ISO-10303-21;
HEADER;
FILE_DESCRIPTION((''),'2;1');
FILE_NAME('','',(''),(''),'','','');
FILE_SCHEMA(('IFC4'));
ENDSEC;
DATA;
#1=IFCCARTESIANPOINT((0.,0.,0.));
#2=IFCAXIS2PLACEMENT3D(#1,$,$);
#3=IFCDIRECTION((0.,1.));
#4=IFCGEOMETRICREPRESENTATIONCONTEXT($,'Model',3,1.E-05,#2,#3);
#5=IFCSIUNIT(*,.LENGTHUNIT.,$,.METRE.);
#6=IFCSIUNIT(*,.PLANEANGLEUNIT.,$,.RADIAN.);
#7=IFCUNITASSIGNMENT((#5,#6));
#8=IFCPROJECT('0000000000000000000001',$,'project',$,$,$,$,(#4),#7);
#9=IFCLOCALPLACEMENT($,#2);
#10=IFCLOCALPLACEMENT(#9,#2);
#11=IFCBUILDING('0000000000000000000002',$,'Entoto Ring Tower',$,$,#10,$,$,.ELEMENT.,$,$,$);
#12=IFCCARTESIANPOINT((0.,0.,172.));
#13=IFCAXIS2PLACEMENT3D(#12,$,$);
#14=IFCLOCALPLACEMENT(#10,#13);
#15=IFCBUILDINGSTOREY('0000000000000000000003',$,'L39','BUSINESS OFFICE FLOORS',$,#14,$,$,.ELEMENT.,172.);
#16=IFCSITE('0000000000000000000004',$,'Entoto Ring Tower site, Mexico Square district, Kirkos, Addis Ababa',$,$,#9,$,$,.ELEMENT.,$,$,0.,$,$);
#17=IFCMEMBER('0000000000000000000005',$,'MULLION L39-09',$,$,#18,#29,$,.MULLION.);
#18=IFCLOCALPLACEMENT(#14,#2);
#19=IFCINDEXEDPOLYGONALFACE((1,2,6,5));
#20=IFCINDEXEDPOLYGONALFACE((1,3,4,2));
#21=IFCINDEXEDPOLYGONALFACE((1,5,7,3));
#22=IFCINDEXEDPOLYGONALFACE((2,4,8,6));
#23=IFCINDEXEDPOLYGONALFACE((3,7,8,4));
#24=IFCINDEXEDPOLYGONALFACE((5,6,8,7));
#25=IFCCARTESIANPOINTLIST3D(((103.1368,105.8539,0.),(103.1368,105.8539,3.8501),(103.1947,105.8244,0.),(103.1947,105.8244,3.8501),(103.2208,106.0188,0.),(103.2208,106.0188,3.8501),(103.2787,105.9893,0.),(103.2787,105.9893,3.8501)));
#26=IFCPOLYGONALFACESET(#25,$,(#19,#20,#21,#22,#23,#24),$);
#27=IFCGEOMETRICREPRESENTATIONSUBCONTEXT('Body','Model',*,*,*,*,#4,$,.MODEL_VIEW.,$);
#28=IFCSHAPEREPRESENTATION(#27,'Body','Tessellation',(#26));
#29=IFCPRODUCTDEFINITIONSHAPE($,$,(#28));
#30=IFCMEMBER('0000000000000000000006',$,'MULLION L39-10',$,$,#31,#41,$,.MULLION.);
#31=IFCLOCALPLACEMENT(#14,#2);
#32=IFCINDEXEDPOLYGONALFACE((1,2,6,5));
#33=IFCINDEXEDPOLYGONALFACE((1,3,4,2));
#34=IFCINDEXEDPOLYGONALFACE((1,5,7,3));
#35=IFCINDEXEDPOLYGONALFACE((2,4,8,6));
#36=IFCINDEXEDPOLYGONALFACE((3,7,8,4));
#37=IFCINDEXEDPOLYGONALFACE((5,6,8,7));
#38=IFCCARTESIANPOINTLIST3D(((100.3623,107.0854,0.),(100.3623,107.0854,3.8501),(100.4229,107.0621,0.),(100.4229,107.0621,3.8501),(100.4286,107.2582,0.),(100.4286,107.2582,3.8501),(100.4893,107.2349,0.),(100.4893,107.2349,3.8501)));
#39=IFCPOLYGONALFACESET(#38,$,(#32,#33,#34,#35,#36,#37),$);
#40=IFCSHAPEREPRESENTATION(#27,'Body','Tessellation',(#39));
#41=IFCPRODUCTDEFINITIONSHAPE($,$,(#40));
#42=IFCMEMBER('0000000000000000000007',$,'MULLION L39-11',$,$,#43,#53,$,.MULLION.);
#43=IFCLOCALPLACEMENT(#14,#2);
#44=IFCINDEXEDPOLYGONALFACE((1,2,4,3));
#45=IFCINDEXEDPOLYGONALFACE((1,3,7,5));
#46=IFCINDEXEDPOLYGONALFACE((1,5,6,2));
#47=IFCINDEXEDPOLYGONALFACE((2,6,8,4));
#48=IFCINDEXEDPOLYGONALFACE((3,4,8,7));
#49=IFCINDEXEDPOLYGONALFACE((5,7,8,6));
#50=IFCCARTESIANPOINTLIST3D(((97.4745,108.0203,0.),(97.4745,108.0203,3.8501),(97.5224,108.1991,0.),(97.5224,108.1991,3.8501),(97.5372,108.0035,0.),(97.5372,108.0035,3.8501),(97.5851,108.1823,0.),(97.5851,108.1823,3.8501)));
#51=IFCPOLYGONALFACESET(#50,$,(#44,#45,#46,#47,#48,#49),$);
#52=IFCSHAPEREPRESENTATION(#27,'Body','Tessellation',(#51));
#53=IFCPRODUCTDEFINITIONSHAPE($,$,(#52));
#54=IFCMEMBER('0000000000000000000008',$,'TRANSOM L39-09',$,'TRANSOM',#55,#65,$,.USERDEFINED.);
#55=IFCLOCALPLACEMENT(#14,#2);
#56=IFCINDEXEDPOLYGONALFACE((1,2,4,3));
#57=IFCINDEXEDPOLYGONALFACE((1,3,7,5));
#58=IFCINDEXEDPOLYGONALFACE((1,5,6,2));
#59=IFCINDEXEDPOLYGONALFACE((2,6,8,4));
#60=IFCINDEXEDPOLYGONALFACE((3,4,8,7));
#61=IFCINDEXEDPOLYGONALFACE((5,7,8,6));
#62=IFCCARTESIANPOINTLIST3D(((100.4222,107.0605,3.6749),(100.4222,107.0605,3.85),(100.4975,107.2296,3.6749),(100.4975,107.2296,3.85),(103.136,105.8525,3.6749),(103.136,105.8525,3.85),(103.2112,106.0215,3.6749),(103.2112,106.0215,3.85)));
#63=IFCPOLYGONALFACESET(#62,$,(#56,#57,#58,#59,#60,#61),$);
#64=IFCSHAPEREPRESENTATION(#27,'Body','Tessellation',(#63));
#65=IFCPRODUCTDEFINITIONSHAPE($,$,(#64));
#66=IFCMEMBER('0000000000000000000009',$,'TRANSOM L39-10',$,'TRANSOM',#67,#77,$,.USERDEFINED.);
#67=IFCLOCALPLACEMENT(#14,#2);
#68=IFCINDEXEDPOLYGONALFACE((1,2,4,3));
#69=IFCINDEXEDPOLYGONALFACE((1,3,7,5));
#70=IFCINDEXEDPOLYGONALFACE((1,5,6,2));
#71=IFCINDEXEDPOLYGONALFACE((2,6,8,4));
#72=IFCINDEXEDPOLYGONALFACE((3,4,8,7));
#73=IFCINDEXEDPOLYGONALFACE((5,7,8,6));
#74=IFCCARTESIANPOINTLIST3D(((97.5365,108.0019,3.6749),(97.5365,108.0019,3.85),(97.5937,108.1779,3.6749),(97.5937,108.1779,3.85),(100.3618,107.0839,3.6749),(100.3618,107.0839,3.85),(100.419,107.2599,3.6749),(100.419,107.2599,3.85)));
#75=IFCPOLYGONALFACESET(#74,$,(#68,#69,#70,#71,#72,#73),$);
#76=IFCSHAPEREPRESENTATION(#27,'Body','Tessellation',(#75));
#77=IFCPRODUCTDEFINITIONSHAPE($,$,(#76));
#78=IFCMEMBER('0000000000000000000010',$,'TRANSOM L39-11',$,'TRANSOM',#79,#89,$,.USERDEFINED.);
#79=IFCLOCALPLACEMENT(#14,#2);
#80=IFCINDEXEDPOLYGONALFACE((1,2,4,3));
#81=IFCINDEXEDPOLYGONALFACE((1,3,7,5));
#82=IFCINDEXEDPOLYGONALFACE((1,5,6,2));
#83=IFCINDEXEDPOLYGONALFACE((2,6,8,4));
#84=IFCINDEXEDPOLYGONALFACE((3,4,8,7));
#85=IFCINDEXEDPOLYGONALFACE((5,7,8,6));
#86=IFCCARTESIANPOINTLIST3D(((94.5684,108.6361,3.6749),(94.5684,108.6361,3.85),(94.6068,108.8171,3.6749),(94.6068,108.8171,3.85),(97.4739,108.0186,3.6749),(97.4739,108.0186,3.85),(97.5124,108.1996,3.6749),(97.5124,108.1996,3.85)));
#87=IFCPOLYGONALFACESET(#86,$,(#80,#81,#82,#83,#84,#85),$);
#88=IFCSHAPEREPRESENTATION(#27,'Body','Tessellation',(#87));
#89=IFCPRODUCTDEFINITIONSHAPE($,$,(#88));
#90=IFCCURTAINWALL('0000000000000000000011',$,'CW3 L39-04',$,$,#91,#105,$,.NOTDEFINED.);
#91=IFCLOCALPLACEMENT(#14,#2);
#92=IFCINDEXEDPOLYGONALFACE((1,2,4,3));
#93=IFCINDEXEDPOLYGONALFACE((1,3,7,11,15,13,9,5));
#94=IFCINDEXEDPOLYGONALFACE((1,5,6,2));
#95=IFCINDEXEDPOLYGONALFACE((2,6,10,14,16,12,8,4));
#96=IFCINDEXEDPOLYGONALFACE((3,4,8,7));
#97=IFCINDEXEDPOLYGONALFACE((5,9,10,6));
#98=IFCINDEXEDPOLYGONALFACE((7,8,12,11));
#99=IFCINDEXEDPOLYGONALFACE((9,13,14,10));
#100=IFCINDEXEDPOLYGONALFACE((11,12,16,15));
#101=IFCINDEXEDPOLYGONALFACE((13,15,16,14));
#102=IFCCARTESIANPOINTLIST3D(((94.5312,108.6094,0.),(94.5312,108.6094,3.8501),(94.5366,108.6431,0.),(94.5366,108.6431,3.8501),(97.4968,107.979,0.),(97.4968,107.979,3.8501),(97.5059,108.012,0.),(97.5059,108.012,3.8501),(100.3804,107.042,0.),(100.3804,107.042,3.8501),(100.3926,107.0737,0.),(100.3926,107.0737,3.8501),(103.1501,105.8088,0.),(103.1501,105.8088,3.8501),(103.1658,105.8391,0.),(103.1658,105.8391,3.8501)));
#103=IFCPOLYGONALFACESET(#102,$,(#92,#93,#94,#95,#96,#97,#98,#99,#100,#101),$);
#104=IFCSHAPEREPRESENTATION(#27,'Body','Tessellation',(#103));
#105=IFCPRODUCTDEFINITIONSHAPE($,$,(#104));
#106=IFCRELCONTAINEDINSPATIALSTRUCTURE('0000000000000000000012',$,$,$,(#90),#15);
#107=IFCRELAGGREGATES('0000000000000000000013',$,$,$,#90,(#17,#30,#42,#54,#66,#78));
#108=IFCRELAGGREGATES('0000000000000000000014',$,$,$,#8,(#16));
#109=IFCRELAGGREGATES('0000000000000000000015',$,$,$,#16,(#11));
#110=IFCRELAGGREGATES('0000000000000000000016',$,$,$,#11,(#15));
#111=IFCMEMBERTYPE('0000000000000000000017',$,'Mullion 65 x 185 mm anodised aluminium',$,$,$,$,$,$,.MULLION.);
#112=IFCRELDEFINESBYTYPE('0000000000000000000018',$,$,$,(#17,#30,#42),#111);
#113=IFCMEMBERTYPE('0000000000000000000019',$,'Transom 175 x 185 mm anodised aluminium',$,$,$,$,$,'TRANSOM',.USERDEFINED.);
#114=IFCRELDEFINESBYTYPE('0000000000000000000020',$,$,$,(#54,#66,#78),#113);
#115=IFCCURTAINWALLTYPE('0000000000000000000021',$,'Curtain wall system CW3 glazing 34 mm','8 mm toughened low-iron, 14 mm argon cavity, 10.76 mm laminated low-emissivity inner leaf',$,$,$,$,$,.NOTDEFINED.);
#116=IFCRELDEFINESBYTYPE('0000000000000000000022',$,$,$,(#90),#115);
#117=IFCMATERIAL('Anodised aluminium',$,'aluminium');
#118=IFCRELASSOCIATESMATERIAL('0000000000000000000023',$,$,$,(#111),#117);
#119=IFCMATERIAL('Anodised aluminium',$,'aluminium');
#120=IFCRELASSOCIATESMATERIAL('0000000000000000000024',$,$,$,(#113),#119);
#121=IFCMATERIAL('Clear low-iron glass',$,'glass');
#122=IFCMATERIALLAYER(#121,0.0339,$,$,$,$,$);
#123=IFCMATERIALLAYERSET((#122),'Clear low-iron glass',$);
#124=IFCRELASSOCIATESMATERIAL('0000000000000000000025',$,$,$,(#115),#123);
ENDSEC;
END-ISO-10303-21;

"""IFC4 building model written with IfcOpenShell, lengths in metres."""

from ifc_helpers import new_model, si_unit, direction, frame, origin, origin_2d, place, context, subcontext, project, spatial, polyline, rectangle, outline, extrude, material, layer, layer_set, material_profile, profile_set, type_object, element, aggregate, save


model = new_model("IFC4")

# Units and contexts
model_context = context("Model", 3, precision=1e-05, world=origin(), true_north=direction((0.0, 1.0)))
body_context = subcontext(model_context, "Body", "Model", "MODEL_VIEW")
ifc_project = project(units=[si_unit("LENGTHUNIT", "METRE"), si_unit("PLANEANGLEUNIT", "RADIAN")], contexts=[model_context])

# Members
ifc_material_1 = material(Name="Anodised aluminium", Category="aluminium")
ifc_material_profile_1 = material_profile(ifc_material_1, rectangle(XDim=0.0649, YDim=0.1851, at=origin_2d()), Name="Mullion 65 x 185 mm anodised aluminium")
ifc_profile_set_1 = profile_set([ifc_material_profile_1], Name="Anodised aluminium")
member_type_1 = type_object("IfcMemberType", Name="Mullion 65 x 185 mm anodised aluminium", PredefinedType="MULLION", material=ifc_profile_set_1)
site_placement = place(None, origin())
building_placement = place(site_placement, origin())
storey_placement = place(building_placement, frame((0.0, 0.0, 172.0)))
member_1_placement = place(storey_placement, frame((103.2078, 105.9216, 0.0), z_axis=(0.0, 0.0, 1.0), x_axis=(-0.891007, 0.45399, 0.0)))
member_1 = element("IfcMember", 1, at=member_1_placement, type_object=member_type_1, Name="MULLION L39-09", PredefinedType="MULLION", context=body_context, shape_type="SweptSolid", body=[
    extrude(rectangle(XDim=0.0649, YDim=0.1851, at=origin_2d()), origin(), (0.0, 0.0, 1.0), 3.8501),
])
member_2_placement = place(storey_placement, frame((100.4258, 107.1602, 0.0), z_axis=(0.0, 0.0, 1.0), x_axis=(-0.93358, 0.358368, 0.0)))
member_2 = element("IfcMember", 2, at=member_2_placement, type_object=member_type_1, Name="MULLION L39-10", PredefinedType="MULLION", context=body_context, shape_type="SweptSolid", body=[
    extrude(rectangle(XDim=0.0649, YDim=0.1851, at=origin_2d()), origin(), (0.0, 0.0, 1.0), 3.8501),
])
member_3_placement = place(storey_placement, frame((97.5298, 108.1013, 0.0), z_axis=(0.0, 0.0, 1.0), x_axis=(-0.965926, 0.258819, 0.0)))
member_3 = element("IfcMember", 3, at=member_3_placement, type_object=member_type_1, Name="MULLION L39-11", PredefinedType="MULLION", context=body_context, shape_type="SweptSolid", body=[
    extrude(rectangle(XDim=0.0649, YDim=0.1851, at=origin_2d()), origin(), (0.0, 0.0, 1.0), 3.8501),
])
ifc_material_2 = material(Name="Anodised aluminium", Category="aluminium")
ifc_material_profile_2 = material_profile(ifc_material_2, rectangle(XDim=0.1851, YDim=0.175, at=origin_2d()), Name="Transom 175 x 185 mm anodised aluminium")
ifc_profile_set_2 = profile_set([ifc_material_profile_2], Name="Anodised aluminium")
member_type_2 = type_object("IfcMemberType", Name="Transom 175 x 185 mm anodised aluminium", ElementType="TRANSOM", PredefinedType="USERDEFINED", material=ifc_profile_set_2)
member_4_placement = place(storey_placement, frame((103.1736, 105.937, 3.7625), z_axis=(-0.913567, 0.406687, 0.0), x_axis=(-0.406687, -0.913567, 0.0)))
member_4 = element("IfcMember", 4, at=member_4_placement, type_object=member_type_2, Name="TRANSOM L39-09", ObjectType="TRANSOM", PredefinedType="USERDEFINED", context=body_context, shape_type="SweptSolid", body=[
    extrude(rectangle(XDim=0.1851, YDim=0.175, at=origin_2d()), origin(), (0.0, 0.0, 1.0), 2.9705),
])
member_5_placement = place(storey_placement, frame((100.3904, 107.1719, 3.7625), z_axis=(-0.951056, 0.309019, 0.0), x_axis=(-0.309019, -0.951056, 0.0)))
member_5 = element("IfcMember", 5, at=member_5_placement, type_object=member_type_2, Name="TRANSOM L39-10", ObjectType="TRANSOM", PredefinedType="USERDEFINED", context=body_context, shape_type="SweptSolid", body=[
    extrude(rectangle(XDim=0.1851, YDim=0.175, at=origin_2d()), origin(), (0.0, 0.0, 1.0), 2.9707),
])
member_6_placement = place(storey_placement, frame((97.4932, 108.1091, 3.7625), z_axis=(-0.978158, 0.207862, 0.0), x_axis=(-0.207862, -0.978158, 0.0)))
member_6 = element("IfcMember", 6, at=member_6_placement, type_object=member_type_2, Name="TRANSOM L39-11", ObjectType="TRANSOM", PredefinedType="USERDEFINED", context=body_context, shape_type="SweptSolid", body=[
    extrude(rectangle(XDim=0.1851, YDim=0.175, at=origin_2d()), origin(), (0.0, 0.0, 1.0), 2.9705),
])

# Site, building, storey
site = spatial("IfcSite", under=ifc_project, at=site_placement, Name="Entoto Ring Tower site, Mexico Square district, Kirkos, Addis Ababa", CompositionType="ELEMENT", RefElevation=0.0)
building = spatial("IfcBuilding", under=site, at=building_placement, Name="Entoto Ring Tower", CompositionType="ELEMENT")
storey = spatial("IfcBuildingStorey", under=building, at=storey_placement, Name="L39", Description="BUSINESS OFFICE FLOORS", CompositionType="ELEMENT", Elevation=172.0)

# Curtain wall
ifc_material_3 = material(Name="Clear low-iron glass", Category="glass")
ifc_layer = layer(ifc_material_3, 0.0339)
ifc_layer_set = layer_set([ifc_layer], Name="Clear low-iron glass")
curtain_wall_type = type_object("IfcCurtainWallType", Name="Curtain wall system CW3 glazing 34 mm", Description="8 mm toughened low-iron, 14 mm argon cavity, 10.76 mm laminated low-emissivity inner leaf", PredefinedType="NOTDEFINED", material=ifc_layer_set)
curtain_wall_1_placement = place(storey_placement, origin())
curtain_wall_1 = element("IfcCurtainWall", 7, at=curtain_wall_1_placement, inside=storey, type_object=curtain_wall_type, Name="CW3 L39-04", PredefinedType="NOTDEFINED", context=body_context, shape_type="SweptSolid", body=[
    extrude(outline(polyline([(103.1658, 105.8391), (100.3926, 107.0737), (97.5059, 108.012), (94.5366, 108.6431), (94.5312, 108.6094), (97.4968, 107.979), (100.3804, 107.042), (103.1501, 105.8088), (103.1658, 105.8391)])), origin(), (0.0, 0.0, 1.0), 3.8501),
])
aggregate(curtain_wall_1, [member_1, member_2, member_3, member_4, member_5, member_6])

save(model, "model.ifc")
